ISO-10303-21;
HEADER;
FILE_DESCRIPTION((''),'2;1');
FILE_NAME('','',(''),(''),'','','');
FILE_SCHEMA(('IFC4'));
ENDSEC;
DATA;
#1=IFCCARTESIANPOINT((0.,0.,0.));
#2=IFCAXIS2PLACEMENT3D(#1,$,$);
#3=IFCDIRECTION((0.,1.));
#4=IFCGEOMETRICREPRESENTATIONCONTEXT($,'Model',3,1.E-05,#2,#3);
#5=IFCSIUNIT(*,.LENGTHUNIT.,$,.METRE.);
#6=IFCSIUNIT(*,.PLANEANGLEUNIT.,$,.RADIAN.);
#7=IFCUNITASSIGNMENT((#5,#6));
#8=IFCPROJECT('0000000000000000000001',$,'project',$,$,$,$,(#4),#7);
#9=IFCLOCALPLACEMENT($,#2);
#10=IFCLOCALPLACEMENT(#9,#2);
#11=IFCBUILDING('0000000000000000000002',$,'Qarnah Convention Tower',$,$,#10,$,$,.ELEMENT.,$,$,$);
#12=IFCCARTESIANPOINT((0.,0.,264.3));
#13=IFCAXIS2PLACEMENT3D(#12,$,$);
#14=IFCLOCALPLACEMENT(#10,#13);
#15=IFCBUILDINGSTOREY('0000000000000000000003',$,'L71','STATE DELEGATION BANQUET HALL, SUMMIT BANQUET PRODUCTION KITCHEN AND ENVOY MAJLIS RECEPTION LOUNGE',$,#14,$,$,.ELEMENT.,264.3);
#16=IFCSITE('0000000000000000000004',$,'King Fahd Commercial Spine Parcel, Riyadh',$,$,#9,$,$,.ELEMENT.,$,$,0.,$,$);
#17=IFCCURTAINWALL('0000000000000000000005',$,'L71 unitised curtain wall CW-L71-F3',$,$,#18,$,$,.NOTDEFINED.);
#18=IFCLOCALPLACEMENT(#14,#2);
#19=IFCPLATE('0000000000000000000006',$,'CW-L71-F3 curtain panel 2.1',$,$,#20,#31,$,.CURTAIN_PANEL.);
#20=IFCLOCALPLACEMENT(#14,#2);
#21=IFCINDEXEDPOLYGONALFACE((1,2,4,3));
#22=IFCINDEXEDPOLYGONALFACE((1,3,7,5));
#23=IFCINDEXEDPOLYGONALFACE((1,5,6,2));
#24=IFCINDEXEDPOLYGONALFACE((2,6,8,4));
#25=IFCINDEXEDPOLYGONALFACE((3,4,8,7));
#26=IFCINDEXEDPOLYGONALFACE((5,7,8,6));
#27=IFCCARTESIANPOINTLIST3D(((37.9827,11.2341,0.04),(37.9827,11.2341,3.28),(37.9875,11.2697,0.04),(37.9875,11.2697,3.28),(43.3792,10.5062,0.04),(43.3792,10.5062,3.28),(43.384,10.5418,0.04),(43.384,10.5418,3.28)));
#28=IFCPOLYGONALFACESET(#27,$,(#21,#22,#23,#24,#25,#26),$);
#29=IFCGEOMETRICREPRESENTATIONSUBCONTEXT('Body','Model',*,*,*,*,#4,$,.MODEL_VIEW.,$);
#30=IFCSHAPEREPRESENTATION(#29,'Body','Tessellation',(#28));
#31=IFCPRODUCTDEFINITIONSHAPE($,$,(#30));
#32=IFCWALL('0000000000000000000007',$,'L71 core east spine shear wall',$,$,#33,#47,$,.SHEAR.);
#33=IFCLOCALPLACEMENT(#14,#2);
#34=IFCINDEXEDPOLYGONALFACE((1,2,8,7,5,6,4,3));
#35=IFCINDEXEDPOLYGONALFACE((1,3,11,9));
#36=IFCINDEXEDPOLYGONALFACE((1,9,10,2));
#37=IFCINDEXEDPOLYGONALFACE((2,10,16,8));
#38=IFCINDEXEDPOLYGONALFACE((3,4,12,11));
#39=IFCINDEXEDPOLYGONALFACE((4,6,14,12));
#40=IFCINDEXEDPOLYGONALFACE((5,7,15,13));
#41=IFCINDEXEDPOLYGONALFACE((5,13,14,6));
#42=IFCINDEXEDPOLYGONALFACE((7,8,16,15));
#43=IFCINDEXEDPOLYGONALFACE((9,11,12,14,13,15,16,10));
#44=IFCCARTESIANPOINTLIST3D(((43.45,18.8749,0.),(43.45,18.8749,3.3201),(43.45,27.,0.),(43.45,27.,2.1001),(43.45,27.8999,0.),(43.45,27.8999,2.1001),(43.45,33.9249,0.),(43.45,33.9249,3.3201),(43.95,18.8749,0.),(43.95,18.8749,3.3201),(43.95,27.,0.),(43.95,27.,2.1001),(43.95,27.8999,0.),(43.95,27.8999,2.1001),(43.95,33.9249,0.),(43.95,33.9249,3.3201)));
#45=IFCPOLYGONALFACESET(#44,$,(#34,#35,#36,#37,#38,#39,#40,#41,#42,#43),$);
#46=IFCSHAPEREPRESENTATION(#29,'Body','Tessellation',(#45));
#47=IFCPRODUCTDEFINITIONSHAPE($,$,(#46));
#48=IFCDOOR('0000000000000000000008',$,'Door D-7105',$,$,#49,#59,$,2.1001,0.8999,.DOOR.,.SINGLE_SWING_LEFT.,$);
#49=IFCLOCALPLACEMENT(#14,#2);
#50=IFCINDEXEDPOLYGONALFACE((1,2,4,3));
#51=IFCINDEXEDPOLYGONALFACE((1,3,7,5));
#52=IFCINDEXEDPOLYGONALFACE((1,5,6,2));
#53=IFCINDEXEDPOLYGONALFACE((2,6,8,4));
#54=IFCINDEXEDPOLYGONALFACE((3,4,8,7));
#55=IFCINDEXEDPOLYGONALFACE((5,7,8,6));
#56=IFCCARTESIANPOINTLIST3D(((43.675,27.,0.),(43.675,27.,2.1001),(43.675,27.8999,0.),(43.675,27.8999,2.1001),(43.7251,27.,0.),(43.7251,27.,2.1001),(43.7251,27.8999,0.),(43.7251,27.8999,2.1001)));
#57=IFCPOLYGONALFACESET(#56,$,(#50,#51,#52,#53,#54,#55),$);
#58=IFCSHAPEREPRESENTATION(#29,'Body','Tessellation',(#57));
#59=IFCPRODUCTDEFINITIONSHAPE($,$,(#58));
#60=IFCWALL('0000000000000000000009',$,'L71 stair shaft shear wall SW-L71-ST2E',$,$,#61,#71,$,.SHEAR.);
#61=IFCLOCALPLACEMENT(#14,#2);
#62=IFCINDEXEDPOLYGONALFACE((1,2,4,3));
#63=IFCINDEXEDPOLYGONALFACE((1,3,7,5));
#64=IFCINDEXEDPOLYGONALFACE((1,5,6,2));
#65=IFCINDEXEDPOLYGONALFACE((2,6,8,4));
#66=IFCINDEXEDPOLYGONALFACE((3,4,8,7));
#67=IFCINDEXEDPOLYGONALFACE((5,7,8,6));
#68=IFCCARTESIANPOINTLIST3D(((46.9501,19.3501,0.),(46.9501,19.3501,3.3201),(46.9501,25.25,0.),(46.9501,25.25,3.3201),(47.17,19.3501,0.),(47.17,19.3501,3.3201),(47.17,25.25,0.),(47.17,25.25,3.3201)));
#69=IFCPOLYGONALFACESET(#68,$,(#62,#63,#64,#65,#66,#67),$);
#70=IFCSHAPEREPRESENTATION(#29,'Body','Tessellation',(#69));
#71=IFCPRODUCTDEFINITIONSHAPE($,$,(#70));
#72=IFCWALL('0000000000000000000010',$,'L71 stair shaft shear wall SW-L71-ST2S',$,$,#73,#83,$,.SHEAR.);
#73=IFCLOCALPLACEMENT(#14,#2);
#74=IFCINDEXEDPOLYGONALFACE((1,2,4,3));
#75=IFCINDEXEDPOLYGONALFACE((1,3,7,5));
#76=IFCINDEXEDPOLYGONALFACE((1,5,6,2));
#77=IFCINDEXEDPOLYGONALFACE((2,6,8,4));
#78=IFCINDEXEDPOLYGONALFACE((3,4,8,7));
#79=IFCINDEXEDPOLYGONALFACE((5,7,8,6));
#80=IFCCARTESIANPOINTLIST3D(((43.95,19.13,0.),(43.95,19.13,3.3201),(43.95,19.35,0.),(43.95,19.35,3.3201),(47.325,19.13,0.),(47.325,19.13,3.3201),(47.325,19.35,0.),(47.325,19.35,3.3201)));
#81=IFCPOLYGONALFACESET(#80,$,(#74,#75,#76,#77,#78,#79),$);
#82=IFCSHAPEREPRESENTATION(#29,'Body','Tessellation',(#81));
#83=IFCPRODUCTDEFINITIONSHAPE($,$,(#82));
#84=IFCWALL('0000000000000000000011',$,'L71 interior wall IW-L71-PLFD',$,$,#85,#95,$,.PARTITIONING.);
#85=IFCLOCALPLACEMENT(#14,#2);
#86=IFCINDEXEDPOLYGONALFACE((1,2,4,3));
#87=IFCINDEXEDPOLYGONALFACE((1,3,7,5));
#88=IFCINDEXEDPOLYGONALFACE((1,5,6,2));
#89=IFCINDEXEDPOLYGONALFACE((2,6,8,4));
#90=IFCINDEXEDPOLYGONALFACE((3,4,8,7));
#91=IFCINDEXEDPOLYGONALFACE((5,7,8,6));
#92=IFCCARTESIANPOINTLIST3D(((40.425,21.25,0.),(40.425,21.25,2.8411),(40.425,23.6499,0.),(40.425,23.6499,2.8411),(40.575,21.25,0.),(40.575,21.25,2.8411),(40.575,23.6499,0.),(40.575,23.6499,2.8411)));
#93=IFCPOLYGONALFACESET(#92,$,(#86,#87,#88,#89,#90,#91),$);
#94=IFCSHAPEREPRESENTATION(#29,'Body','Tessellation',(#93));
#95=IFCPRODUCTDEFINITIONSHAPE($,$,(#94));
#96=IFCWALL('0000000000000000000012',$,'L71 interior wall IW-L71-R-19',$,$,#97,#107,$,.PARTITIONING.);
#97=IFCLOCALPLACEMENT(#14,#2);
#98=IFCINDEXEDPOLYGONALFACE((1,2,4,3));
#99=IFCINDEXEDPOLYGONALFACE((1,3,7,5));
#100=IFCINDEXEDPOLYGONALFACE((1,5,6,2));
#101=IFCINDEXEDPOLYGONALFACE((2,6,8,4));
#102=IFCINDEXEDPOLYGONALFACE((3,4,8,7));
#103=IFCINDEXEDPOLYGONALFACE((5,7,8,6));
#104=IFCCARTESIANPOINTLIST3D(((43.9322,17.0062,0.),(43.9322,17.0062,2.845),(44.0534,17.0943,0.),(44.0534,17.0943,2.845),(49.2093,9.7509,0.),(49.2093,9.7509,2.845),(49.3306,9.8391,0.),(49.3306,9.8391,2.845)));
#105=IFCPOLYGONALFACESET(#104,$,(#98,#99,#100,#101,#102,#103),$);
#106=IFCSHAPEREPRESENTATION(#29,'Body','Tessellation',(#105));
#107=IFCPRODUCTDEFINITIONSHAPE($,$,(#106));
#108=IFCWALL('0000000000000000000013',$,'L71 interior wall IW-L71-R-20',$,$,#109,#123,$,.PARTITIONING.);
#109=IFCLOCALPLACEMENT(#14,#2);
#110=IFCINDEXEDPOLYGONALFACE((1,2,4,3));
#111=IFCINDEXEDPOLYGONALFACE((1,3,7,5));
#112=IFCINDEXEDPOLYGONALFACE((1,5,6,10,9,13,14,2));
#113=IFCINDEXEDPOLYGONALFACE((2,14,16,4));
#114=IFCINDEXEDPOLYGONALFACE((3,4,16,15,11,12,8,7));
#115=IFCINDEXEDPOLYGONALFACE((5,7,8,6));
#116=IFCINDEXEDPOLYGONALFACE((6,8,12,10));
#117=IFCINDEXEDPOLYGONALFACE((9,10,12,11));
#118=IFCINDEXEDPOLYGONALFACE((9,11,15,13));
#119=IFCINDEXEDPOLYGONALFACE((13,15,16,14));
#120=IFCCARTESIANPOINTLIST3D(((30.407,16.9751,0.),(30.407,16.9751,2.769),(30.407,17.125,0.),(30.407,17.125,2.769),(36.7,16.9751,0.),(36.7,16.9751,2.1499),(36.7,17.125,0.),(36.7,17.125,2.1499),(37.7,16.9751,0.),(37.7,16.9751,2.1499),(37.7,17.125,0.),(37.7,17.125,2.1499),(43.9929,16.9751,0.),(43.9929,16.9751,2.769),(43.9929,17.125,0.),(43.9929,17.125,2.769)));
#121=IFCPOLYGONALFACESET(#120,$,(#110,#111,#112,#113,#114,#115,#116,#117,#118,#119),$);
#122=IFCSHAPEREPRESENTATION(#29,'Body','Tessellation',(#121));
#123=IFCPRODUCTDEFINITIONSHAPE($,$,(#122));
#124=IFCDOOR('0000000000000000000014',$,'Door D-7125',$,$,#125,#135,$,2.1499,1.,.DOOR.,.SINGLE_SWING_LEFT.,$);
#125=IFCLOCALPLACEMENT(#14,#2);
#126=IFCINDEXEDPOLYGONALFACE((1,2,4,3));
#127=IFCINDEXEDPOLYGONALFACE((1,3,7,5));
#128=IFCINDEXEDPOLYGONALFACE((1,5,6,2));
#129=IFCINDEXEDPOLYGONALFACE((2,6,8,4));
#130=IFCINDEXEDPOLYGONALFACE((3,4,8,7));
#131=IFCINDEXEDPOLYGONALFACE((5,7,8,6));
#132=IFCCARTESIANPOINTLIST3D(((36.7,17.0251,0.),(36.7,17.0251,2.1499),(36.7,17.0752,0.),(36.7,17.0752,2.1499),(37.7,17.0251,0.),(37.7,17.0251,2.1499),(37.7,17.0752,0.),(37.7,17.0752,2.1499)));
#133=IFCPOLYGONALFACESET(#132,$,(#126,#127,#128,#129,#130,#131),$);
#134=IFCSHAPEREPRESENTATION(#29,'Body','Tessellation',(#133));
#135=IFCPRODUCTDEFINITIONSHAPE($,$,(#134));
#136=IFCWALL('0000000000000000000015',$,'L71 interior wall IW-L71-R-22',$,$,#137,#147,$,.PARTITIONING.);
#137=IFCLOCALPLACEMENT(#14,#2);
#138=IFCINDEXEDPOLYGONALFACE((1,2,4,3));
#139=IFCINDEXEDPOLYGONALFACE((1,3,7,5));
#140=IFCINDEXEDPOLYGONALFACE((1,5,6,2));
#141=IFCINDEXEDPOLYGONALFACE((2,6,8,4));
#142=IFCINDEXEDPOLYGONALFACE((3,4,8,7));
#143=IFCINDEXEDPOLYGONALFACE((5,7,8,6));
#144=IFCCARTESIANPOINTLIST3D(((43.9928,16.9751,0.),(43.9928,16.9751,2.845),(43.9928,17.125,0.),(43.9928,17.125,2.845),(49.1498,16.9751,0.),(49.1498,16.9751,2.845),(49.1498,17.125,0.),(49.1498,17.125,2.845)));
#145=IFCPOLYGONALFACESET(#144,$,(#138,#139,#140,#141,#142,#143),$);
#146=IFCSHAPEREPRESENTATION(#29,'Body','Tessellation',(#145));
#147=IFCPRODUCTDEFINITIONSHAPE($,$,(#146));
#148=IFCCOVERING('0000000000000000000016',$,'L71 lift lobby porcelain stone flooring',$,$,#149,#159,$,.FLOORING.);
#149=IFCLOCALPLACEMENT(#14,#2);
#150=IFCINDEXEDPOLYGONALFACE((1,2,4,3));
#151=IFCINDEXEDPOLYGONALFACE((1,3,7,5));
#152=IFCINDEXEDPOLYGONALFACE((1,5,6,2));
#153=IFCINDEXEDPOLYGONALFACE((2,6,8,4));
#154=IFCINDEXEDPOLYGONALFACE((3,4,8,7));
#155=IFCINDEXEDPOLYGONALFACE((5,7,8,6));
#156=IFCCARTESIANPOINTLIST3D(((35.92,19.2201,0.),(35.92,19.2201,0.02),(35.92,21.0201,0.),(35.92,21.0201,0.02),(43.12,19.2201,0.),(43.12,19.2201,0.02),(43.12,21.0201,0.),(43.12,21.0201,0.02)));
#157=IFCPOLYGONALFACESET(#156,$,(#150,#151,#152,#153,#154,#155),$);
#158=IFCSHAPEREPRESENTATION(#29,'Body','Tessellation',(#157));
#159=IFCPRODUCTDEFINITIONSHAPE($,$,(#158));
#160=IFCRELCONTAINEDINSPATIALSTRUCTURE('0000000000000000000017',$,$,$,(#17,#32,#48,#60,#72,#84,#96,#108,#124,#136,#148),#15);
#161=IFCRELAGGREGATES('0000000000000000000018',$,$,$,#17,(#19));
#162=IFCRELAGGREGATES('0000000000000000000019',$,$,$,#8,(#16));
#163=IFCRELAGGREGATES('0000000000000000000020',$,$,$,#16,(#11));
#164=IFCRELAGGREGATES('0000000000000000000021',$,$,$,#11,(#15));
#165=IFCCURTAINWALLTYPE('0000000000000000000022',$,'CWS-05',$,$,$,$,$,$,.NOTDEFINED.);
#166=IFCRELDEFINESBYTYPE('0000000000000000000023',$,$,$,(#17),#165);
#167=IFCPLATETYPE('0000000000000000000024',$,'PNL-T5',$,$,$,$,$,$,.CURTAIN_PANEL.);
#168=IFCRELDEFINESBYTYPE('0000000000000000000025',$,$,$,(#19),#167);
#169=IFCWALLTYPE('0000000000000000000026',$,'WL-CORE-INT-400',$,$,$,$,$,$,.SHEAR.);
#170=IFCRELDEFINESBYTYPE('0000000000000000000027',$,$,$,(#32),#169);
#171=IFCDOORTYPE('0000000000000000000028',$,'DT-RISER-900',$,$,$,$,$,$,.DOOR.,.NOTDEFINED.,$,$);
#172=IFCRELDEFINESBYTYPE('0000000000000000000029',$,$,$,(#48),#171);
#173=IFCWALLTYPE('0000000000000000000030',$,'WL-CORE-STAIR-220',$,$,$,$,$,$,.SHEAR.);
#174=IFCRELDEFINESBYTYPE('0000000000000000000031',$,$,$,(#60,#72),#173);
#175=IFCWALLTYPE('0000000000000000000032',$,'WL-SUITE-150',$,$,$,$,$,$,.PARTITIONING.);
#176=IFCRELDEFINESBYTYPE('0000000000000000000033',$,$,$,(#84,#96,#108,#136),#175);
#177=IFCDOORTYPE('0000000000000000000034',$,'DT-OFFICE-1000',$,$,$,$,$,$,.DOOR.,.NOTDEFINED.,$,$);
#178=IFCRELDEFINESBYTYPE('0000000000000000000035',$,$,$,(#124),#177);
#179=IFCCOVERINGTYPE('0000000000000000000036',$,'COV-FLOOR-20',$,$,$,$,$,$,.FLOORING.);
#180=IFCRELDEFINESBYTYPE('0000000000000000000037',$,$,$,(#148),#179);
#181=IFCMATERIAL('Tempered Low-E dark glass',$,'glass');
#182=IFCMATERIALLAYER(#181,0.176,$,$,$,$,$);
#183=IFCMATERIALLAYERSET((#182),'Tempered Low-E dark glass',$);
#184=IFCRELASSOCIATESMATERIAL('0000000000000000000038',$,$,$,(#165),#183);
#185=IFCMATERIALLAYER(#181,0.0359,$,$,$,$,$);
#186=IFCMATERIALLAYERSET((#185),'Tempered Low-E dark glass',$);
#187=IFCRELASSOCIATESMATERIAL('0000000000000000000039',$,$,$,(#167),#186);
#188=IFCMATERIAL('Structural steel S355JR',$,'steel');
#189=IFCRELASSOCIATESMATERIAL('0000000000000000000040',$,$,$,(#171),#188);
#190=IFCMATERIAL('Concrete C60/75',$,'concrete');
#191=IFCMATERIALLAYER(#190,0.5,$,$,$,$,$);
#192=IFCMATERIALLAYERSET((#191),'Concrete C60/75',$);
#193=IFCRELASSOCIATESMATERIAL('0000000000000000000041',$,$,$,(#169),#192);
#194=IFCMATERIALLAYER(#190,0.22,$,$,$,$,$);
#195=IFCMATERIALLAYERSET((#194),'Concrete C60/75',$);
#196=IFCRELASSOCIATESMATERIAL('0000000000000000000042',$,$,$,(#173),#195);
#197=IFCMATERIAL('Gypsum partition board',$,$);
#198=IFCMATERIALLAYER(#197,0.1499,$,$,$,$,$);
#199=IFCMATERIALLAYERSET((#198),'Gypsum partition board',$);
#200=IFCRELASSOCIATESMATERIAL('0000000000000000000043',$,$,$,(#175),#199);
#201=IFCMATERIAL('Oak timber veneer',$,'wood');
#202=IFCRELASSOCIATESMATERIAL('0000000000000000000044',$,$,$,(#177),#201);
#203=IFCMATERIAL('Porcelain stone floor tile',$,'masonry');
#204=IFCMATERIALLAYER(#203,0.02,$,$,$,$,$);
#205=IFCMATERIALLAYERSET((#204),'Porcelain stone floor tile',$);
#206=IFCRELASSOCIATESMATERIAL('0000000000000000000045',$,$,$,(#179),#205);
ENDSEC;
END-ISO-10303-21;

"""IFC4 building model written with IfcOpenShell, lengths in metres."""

from ifc_helpers import new_model, si_unit, direction, frame, frame_2d, origin, origin_2d, place, context, subcontext, project, spatial, rectangle, extrude, material, layer, layer_set, type_object, element, fill, aggregate, save


model = new_model("IFC4")

# Units and contexts
model_context = context("Model", 3, precision=1e-05, world=origin(), true_north=direction((0.0, 1.0)))
body_context = subcontext(model_context, "Body", "Model", "MODEL_VIEW")
ifc_project = project(units=[si_unit("LENGTHUNIT", "METRE"), si_unit("PLANEANGLEUNIT", "RADIAN")], contexts=[model_context])

# Site, building, storey
site_placement = place(None, origin())
site = spatial("IfcSite", under=ifc_project, at=site_placement, Name="King Fahd Commercial Spine Parcel, Riyadh", CompositionType="ELEMENT", RefElevation=0.0)
building_placement = place(site_placement, origin())
building = spatial("IfcBuilding", under=site, at=building_placement, Name="Qarnah Convention Tower", CompositionType="ELEMENT")
storey_placement = place(building_placement, frame((0.0, 0.0, 264.3)))
storey = spatial("IfcBuildingStorey", under=building, at=storey_placement, Name="L71", Description="STATE DELEGATION BANQUET HALL, SUMMIT BANQUET PRODUCTION KITCHEN AND ENVOY MAJLIS RECEPTION LOUNGE", CompositionType="ELEMENT", Elevation=264.3)

# Shared definitions
ifc_material_1 = material(Name="Structural steel S355JR", Category="steel")

# Shared definitions
ifc_material_2 = material(Name="Tempered Low-E dark glass", Category="glass")
ifc_layer_1 = layer(ifc_material_2, 0.176)
ifc_layer_set_1 = layer_set([ifc_layer_1], Name="Tempered Low-E dark glass")
curtain_wall_type = type_object("IfcCurtainWallType", Name="CWS-05", PredefinedType="NOTDEFINED", material=ifc_layer_set_1)

# Curtain wall, plate
curtain_wall_1_placement = place(storey_placement, origin())
curtain_wall_1 = element("IfcCurtainWall", 1, at=curtain_wall_1_placement, inside=storey, type_object=curtain_wall_type, Name="L71 unitised curtain wall CW-L71-F3", PredefinedType="NOTDEFINED")
ifc_layer_2 = layer(ifc_material_2, 0.0359)
ifc_layer_set_2 = layer_set([ifc_layer_2], Name="Tempered Low-E dark glass")
plate_type = type_object("IfcPlateType", Name="PNL-T5", PredefinedType="CURTAIN_PANEL", material=ifc_layer_set_2)
plate_1_placement = place(storey_placement, frame((40.6833, 10.8879, 0.04), z_axis=(0.0, 0.0, 1.0), x_axis=(-0.991025, 0.133674, 0.0)))
plate_1 = element("IfcPlate", 2, at=plate_1_placement, type_object=plate_type, Name="CW-L71-F3 curtain panel 2.1", PredefinedType="CURTAIN_PANEL", context=body_context, shape_type="SweptSolid", body=[
    extrude(rectangle(XDim=5.4453, YDim=0.0359, at=origin_2d()), origin(), (0.0, 0.0, 1.0), 3.24),
])
aggregate(curtain_wall_1, [plate_1])

# Shared definitions
ifc_material_3 = material(Name="Concrete C60/75", Category="concrete")
door_type_1 = type_object("IfcDoorType", Name="DT-RISER-900", OperationType="NOTDEFINED", PredefinedType="DOOR", material=ifc_material_1)

# Wall, opening, door
ifc_layer_3 = layer(ifc_material_3, 0.5)
ifc_layer_set_3 = layer_set([ifc_layer_3], Name="Concrete C60/75")
wall_type_1 = type_object("IfcWallType", Name="WL-CORE-INT-400", PredefinedType="SHEAR", material=ifc_layer_set_3)
wall_1_placement = place(storey_placement, frame((43.7, 18.875, 0.0), z_axis=(0.0, 0.0, 1.0), x_axis=(0.0, 1.0, 0.0)))
wall_1 = element("IfcWall", 3, at=wall_1_placement, inside=storey, type_object=wall_type_1, Name="L71 core east spine shear wall", PredefinedType="SHEAR", context=body_context, shape_type="SweptSolid", body=[
    extrude(rectangle(XDim=15.05, YDim=0.5, at=frame_2d((7.5249, 0.0))), origin(), (0.0, 0.0, 1.0), 3.3201),
])
opening_1_placement = place(wall_1_placement, frame((8.125, 0.0, 0.0)))
opening_1 = element("IfcOpeningElement", 4, at=opening_1_placement, cuts=wall_1, PredefinedType="OPENING", context=body_context, shape_type="SweptSolid", body=[
    extrude(rectangle(XDim=0.8999, YDim=2.1001, at=frame_2d((0.45, 1.05))), frame((0.0, 0.26, 0.0), z_axis=(0.0, -1.0, 0.0), x_axis=(1.0, 0.0, 0.0)), (0.0, 0.0, 1.0), 0.52),
])
door_1_placement = place(opening_1_placement, origin())
door_1 = element("IfcDoor", 5, at=door_1_placement, inside=storey, type_object=door_type_1, Name="Door D-7105", OperationType="SINGLE_SWING_LEFT", OverallHeight=2.1001, OverallWidth=0.8999, PredefinedType="DOOR", context=body_context, shape_type="SweptSolid", body=[
    extrude(rectangle(XDim=0.8999, YDim=2.1001, at=frame_2d((0.45, 1.05))), frame((0.0, 0.0249, 0.0), z_axis=(0.0, -1.0, 0.0), x_axis=(1.0, 0.0, 0.0)), (0.0, 0.0, 1.0), 0.05),
])
fill(opening_1, door_1)

# Walls
ifc_layer_4 = layer(ifc_material_3, 0.22)
ifc_layer_set_4 = layer_set([ifc_layer_4], Name="Concrete C60/75")
wall_type_2 = type_object("IfcWallType", Name="WL-CORE-STAIR-220", PredefinedType="SHEAR", material=ifc_layer_set_4)
wall_2_placement = place(storey_placement, frame((47.0601, 19.3501, 0.0), z_axis=(0.0, 0.0, 1.0), x_axis=(0.0, 1.0, 0.0)))
element("IfcWall", 6, at=wall_2_placement, inside=storey, type_object=wall_type_2, Name="L71 stair shaft shear wall SW-L71-ST2E", PredefinedType="SHEAR", context=body_context, shape_type="SweptSolid", body=[
    extrude(rectangle(XDim=5.8999, YDim=0.22, at=frame_2d((2.95, 0.0))), origin(), (0.0, 0.0, 1.0), 3.3201),
])
wall_3_placement = place(storey_placement, frame((43.95, 19.24, 0.0), z_axis=(0.0, 0.0, 1.0), x_axis=(1.0, 0.0, 0.0)))
element("IfcWall", 7, at=wall_3_placement, inside=storey, type_object=wall_type_2, Name="L71 stair shaft shear wall SW-L71-ST2S", PredefinedType="SHEAR", context=body_context, shape_type="SweptSolid", body=[
    extrude(rectangle(XDim=3.375, YDim=0.22, at=frame_2d((1.6875, 0.0))), origin(), (0.0, 0.0, 1.0), 3.3201),
])

# Walls
ifc_material_4 = material(Name="Gypsum partition board")
ifc_layer_5 = layer(ifc_material_4, 0.1499)
ifc_layer_set_5 = layer_set([ifc_layer_5], Name="Gypsum partition board")
wall_type_3 = type_object("IfcWallType", Name="WL-SUITE-150", PredefinedType="PARTITIONING", material=ifc_layer_set_5)
wall_4_placement = place(storey_placement, frame((40.5, 21.25, 0.0), z_axis=(0.0, 0.0, 1.0), x_axis=(0.0, 1.0, 0.0)))
element("IfcWall", 8, at=wall_4_placement, inside=storey, type_object=wall_type_3, Name="L71 interior wall IW-L71-PLFD", PredefinedType="PARTITIONING", context=body_context, shape_type="SweptSolid", body=[
    extrude(rectangle(XDim=2.3999, YDim=0.1499, at=frame_2d((1.2, 0.0))), origin(), (0.0, 0.0, 1.0), 2.8411),
])
wall_5_placement = place(storey_placement, frame((49.27, 9.7949, 0.0), z_axis=(0.0, 0.0, 1.0), x_axis=(-0.588219, 0.808702, 0.0)))
element("IfcWall", 9, at=wall_5_placement, inside=storey, type_object=wall_type_3, Name="L71 interior wall IW-L71-R-19", PredefinedType="PARTITIONING", context=body_context, shape_type="SweptSolid", body=[
    extrude(rectangle(XDim=8.9714, YDim=0.1499, at=frame_2d((4.4858, 0.0))), origin(), (0.0, 0.0, 1.0), 2.845),
])

# Wall, opening, door
wall_6_placement = place(storey_placement, frame((43.9929, 17.05, 0.0), z_axis=(0.0, 0.0, 1.0), x_axis=(-1.0, 0.0, 0.0)))
wall_6 = element("IfcWall", 10, at=wall_6_placement, inside=storey, type_object=wall_type_3, Name="L71 interior wall IW-L71-R-20", PredefinedType="PARTITIONING", context=body_context, shape_type="SweptSolid", body=[
    extrude(rectangle(XDim=13.5859, YDim=0.1499, at=frame_2d((6.793, 0.0))), origin(), (0.0, 0.0, 1.0), 2.769),
])
opening_2_placement = place(wall_6_placement, frame((6.293, 0.0, 0.0)))
opening_2 = element("IfcOpeningElement", 11, at=opening_2_placement, cuts=wall_6, PredefinedType="OPENING", context=body_context, shape_type="SweptSolid", body=[
    extrude(rectangle(XDim=1.0, YDim=2.1499, at=frame_2d((0.5, 1.075))), frame((0.0, 0.085, 0.0), z_axis=(0.0, -1.0, 0.0), x_axis=(1.0, 0.0, 0.0)), (0.0, 0.0, 1.0), 0.1699),
])
ifc_material_5 = material(Name="Oak timber veneer", Category="wood")
door_type_2 = type_object("IfcDoorType", Name="DT-OFFICE-1000", OperationType="NOTDEFINED", PredefinedType="DOOR", material=ifc_material_5)
door_2_placement = place(opening_2_placement, origin())
door_2 = element("IfcDoor", 12, at=door_2_placement, inside=storey, type_object=door_type_2, Name="Door D-7125", OperationType="SINGLE_SWING_LEFT", OverallHeight=2.1499, OverallWidth=1.0, PredefinedType="DOOR", context=body_context, shape_type="SweptSolid", body=[
    extrude(rectangle(XDim=1.0, YDim=2.1499, at=frame_2d((0.5, 1.075))), frame((0.0, 0.0249, 0.0), z_axis=(0.0, -1.0, 0.0), x_axis=(1.0, 0.0, 0.0)), (0.0, 0.0, 1.0), 0.05),
])
fill(opening_2, door_2)

# Wall
wall_7_placement = place(storey_placement, frame((49.1499, 17.05, 0.0), z_axis=(0.0, 0.0, 1.0), x_axis=(-1.0, 0.0, 0.0)))
element("IfcWall", 13, at=wall_7_placement, inside=storey, type_object=wall_type_3, Name="L71 interior wall IW-L71-R-22", PredefinedType="PARTITIONING", context=body_context, shape_type="SweptSolid", body=[
    extrude(rectangle(XDim=5.157, YDim=0.1499, at=frame_2d((2.5786, 0.0))), origin(), (0.0, 0.0, 1.0), 2.845),
])

# Covering
ifc_material_6 = material(Name="Porcelain stone floor tile", Category="masonry")
ifc_layer_6 = layer(ifc_material_6, 0.02)
ifc_layer_set_6 = layer_set([ifc_layer_6], Name="Porcelain stone floor tile")
covering_type = type_object("IfcCoveringType", Name="COV-FLOOR-20", PredefinedType="FLOORING", material=ifc_layer_set_6)
covering_placement = place(storey_placement, frame((39.52, 20.1201, 0.0), z_axis=(0.0, 0.0, 1.0), x_axis=(1.0, 0.0, 0.0)))
element("IfcCovering", 14, at=covering_placement, inside=storey, type_object=covering_type, Name="L71 lift lobby porcelain stone flooring", PredefinedType="FLOORING", context=body_context, shape_type="SweptSolid", body=[
    extrude(rectangle(XDim=7.2, YDim=1.8, at=origin_2d()), origin(), (0.0, 0.0, 1.0), 0.02),
])

save(model, "model.ifc")
